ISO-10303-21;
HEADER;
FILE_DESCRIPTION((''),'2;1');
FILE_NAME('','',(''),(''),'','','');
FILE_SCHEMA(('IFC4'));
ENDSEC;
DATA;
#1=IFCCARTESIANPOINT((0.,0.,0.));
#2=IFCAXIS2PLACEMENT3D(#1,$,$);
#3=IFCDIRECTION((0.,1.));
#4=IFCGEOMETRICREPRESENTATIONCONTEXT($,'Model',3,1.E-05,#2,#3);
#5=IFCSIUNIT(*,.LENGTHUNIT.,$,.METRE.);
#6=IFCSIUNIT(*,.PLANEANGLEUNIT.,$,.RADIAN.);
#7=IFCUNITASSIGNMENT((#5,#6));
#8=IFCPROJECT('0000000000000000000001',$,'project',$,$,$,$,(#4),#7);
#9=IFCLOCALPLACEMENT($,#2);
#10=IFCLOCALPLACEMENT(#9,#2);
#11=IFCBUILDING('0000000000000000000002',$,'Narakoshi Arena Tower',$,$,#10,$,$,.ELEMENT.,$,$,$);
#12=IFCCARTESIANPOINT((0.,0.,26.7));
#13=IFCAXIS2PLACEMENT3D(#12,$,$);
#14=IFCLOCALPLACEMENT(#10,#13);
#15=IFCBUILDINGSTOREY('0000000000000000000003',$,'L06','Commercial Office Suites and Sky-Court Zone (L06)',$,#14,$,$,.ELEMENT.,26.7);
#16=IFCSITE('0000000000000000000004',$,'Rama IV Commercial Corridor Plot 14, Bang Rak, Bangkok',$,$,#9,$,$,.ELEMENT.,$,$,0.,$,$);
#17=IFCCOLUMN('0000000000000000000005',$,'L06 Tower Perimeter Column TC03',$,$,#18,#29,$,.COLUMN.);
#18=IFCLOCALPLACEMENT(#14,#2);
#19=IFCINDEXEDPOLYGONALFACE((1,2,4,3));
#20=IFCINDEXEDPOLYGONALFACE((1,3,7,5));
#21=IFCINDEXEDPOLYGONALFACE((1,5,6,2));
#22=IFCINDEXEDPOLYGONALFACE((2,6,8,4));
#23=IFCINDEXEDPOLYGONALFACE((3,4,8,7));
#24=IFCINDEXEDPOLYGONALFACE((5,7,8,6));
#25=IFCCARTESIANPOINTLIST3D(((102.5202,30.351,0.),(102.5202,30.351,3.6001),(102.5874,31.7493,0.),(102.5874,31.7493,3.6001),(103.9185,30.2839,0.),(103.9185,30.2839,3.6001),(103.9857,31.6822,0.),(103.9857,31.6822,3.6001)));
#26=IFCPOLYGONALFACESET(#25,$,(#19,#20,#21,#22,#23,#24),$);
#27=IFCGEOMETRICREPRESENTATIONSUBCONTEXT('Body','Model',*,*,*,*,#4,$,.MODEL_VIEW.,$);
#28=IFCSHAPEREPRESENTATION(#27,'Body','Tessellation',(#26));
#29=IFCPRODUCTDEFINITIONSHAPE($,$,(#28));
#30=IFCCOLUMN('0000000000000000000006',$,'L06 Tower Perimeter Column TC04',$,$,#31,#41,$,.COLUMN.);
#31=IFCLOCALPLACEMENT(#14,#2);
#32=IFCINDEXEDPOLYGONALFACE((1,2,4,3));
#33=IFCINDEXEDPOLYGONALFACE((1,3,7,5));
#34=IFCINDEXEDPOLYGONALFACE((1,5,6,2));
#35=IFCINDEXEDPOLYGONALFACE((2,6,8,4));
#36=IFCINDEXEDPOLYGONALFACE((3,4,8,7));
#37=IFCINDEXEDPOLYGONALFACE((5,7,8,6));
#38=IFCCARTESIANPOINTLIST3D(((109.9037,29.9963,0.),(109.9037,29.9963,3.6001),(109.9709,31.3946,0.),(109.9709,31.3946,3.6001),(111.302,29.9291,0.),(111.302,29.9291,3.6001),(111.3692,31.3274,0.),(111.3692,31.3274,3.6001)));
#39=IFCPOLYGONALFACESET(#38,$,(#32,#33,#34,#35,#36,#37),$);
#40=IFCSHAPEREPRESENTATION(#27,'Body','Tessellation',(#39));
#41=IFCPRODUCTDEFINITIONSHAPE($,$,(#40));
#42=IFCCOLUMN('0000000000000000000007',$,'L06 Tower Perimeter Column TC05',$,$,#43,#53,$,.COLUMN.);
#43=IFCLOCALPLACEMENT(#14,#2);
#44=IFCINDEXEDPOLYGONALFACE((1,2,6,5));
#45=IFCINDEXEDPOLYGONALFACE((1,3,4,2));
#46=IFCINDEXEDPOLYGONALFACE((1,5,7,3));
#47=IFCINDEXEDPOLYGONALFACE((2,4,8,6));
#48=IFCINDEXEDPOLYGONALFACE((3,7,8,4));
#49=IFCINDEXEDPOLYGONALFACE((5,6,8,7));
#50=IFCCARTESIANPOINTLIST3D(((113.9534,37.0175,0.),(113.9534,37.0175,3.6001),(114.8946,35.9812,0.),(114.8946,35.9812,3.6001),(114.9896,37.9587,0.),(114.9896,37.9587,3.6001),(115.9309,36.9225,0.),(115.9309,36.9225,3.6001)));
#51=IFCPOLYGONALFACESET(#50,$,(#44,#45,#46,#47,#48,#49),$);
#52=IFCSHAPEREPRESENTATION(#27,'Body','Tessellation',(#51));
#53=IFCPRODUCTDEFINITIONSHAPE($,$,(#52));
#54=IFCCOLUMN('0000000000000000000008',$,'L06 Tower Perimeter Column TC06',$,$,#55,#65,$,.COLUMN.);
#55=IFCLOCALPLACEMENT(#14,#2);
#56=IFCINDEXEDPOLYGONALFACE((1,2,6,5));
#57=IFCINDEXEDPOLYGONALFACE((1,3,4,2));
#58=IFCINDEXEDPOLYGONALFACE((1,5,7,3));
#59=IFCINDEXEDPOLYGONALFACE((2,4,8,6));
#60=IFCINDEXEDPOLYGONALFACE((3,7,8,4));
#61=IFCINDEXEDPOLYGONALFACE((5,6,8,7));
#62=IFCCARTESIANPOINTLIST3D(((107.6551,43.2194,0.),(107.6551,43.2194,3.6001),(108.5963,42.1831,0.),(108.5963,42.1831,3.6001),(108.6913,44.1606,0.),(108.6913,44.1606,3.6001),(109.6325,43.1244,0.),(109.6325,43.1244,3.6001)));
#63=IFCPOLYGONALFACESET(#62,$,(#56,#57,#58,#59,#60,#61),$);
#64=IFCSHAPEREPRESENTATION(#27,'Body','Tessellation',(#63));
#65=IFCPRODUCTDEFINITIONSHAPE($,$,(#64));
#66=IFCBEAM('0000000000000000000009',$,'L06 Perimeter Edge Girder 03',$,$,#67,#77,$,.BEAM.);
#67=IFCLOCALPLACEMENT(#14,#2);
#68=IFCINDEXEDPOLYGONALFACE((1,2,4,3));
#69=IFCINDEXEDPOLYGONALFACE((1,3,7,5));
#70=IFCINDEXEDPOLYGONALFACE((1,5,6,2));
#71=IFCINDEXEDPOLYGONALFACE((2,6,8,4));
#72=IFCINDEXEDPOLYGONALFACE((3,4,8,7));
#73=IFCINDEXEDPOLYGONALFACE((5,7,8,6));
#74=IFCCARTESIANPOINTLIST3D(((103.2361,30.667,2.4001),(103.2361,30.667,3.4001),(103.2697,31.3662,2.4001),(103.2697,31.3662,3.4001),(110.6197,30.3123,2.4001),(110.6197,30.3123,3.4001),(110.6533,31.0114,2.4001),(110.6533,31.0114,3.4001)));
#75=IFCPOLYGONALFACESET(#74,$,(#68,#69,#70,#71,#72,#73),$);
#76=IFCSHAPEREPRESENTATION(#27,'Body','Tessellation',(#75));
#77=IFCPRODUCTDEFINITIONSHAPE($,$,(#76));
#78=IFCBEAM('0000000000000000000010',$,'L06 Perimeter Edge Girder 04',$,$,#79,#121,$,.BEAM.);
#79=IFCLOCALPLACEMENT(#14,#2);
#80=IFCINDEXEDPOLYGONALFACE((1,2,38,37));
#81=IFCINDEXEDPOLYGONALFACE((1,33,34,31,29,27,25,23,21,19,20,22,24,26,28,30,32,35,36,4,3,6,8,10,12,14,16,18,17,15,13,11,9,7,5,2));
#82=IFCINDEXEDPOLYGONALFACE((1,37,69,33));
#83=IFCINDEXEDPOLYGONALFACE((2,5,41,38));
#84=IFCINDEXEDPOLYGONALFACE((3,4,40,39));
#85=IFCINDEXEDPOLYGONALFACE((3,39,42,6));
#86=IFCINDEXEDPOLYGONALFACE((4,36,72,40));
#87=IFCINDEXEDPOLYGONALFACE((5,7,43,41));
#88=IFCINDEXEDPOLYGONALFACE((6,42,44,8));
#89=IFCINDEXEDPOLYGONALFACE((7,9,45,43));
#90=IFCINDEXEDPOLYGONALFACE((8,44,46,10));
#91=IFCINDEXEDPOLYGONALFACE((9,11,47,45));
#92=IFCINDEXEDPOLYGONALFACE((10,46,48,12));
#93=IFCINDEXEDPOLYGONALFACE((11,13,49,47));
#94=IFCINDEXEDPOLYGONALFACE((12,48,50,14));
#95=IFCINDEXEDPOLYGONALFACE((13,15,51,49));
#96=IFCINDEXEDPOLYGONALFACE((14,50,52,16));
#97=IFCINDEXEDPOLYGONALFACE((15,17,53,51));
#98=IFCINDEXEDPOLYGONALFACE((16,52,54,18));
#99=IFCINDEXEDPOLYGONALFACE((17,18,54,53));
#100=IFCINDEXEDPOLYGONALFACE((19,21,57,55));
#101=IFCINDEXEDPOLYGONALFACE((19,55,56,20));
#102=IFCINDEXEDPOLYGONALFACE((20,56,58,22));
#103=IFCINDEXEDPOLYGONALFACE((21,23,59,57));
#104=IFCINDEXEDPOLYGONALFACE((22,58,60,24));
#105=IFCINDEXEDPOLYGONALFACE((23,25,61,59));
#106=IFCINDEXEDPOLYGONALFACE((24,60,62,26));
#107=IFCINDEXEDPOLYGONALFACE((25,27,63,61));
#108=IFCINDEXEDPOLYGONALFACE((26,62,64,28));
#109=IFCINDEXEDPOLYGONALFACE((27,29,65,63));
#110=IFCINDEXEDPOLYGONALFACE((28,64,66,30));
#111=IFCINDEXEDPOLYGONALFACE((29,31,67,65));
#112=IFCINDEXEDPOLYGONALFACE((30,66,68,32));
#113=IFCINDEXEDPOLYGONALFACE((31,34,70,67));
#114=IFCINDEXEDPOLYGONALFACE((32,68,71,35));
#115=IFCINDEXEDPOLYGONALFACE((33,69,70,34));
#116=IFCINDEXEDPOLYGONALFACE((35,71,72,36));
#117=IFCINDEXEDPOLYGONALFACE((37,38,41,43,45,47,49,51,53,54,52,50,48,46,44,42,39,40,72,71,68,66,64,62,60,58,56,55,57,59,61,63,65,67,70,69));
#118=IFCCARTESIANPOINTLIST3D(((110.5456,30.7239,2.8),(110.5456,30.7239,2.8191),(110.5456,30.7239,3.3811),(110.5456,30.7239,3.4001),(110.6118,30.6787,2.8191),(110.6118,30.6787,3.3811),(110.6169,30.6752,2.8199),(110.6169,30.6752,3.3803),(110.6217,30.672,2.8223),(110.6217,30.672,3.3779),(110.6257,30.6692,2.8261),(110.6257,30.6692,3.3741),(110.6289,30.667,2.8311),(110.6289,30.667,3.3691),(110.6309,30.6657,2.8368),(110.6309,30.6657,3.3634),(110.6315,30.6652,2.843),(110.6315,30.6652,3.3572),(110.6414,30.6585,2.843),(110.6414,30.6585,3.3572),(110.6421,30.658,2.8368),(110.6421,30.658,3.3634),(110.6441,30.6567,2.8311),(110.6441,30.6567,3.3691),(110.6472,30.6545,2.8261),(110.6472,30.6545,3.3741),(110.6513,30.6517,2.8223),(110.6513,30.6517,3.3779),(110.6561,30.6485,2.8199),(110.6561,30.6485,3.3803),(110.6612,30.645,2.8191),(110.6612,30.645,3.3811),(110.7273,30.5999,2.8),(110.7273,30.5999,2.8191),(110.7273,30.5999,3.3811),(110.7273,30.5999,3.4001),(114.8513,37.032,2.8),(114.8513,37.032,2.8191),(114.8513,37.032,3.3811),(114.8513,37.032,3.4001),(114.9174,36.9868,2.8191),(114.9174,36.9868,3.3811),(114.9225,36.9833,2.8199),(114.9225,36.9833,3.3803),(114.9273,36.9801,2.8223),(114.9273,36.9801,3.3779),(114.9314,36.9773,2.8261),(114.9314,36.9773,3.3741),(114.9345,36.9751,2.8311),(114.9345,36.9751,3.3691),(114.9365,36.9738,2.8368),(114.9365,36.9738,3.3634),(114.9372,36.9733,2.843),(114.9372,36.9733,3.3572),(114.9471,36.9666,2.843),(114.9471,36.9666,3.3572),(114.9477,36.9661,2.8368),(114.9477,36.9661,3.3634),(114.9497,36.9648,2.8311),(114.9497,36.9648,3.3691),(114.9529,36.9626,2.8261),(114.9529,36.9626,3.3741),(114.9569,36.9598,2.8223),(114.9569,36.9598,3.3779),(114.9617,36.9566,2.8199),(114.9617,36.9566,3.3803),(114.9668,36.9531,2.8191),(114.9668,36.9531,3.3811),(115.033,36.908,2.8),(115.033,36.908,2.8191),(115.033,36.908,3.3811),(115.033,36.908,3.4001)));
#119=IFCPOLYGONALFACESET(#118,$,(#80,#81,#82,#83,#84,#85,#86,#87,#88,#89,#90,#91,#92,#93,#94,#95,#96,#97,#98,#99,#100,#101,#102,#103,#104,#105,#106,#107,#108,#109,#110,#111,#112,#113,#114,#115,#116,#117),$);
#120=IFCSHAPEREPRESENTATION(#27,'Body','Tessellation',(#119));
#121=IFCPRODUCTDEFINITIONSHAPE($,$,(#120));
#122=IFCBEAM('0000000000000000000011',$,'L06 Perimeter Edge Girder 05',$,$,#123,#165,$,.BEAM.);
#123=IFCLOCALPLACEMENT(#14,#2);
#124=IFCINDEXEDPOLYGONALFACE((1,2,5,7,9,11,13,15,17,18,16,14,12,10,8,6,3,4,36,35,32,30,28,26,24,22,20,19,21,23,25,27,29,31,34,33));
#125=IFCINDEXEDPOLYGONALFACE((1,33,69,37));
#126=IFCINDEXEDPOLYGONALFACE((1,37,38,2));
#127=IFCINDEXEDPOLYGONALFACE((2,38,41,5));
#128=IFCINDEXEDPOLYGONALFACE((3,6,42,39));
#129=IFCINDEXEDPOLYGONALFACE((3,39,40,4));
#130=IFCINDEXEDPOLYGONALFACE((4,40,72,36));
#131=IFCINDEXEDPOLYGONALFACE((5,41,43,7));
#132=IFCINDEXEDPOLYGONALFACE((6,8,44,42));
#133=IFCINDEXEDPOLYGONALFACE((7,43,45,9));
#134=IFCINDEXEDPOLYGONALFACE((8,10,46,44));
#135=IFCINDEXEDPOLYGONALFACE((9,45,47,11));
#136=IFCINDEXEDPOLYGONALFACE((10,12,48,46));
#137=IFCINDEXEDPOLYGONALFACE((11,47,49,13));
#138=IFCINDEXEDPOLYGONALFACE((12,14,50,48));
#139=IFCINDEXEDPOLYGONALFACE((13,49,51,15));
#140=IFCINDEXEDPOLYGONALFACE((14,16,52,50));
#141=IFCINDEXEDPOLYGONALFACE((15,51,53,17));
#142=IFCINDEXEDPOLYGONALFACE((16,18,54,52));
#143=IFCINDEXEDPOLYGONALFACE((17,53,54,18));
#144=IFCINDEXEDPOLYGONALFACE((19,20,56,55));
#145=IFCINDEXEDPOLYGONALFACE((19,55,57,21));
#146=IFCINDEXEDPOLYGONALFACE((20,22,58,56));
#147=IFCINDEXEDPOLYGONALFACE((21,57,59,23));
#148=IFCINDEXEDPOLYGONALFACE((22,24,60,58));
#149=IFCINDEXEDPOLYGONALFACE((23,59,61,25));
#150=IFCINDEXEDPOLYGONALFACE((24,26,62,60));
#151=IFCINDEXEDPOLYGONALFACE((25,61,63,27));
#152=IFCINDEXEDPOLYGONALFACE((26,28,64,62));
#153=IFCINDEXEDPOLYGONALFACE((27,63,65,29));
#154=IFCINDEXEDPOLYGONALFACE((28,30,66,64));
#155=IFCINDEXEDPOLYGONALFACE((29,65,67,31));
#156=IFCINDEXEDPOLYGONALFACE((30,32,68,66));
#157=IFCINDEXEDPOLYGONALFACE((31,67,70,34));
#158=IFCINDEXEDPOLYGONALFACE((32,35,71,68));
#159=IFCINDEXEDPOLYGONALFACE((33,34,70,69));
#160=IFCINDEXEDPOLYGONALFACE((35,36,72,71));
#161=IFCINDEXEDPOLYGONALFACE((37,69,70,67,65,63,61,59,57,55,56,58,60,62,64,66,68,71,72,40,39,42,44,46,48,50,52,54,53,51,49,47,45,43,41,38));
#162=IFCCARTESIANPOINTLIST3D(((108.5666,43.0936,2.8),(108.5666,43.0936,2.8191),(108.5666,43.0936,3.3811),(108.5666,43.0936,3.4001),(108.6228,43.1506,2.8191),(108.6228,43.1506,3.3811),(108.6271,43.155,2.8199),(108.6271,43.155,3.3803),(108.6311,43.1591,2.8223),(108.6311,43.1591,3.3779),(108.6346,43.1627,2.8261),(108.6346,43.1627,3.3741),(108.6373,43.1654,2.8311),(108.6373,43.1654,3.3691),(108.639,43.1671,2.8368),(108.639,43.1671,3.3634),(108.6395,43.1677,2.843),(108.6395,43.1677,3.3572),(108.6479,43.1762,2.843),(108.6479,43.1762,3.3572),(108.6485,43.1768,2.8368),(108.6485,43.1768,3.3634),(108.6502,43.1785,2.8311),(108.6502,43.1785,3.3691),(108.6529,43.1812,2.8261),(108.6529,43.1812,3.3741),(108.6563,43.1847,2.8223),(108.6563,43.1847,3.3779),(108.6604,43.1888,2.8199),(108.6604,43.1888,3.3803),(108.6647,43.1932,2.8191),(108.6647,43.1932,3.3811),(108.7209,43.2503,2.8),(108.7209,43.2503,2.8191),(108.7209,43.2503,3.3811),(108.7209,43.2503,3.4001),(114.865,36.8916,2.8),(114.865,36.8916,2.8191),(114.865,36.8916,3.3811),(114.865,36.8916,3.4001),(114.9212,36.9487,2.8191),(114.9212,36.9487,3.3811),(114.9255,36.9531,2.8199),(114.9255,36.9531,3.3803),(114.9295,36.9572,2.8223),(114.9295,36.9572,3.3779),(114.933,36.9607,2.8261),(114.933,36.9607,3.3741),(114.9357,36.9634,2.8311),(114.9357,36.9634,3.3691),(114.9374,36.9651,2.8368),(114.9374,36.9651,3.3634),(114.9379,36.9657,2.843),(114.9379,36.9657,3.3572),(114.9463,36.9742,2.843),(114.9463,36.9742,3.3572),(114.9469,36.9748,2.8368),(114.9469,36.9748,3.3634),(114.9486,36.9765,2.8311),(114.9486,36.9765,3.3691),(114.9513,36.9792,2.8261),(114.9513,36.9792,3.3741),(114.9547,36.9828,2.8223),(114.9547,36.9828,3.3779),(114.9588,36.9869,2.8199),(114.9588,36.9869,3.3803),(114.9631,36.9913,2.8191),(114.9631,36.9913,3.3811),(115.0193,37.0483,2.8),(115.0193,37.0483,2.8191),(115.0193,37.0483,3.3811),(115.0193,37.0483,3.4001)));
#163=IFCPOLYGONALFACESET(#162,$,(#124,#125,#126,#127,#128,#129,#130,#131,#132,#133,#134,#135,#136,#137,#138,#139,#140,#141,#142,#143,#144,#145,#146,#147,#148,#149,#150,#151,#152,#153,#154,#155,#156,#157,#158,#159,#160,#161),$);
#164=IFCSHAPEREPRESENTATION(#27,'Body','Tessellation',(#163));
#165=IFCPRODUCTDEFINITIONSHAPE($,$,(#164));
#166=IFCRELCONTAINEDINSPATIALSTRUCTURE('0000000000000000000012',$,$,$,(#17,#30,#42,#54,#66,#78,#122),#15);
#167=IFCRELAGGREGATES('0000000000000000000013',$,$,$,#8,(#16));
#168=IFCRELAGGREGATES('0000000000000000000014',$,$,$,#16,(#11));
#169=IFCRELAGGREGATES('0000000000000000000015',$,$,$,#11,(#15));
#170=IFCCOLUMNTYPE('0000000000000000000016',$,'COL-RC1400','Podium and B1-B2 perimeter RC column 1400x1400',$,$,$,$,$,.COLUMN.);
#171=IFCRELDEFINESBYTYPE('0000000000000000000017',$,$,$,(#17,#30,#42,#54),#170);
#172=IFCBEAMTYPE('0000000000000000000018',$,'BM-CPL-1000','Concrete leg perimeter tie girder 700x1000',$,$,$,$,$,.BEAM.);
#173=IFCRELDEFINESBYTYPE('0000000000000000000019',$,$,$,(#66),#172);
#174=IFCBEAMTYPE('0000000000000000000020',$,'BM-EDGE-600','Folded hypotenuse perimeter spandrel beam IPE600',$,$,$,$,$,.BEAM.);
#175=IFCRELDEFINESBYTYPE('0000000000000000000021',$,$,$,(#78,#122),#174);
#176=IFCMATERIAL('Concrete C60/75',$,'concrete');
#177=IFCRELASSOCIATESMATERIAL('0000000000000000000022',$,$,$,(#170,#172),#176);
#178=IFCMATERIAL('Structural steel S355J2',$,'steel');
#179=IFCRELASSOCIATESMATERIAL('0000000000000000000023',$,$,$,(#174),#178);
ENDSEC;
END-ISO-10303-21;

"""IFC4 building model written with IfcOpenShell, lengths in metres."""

from ifc_helpers import new_model, si_unit, direction, frame, origin, origin_2d, place, context, subcontext, project, spatial, rectangle, i_section, extrude, material, material_profile, profile_set, type_object, element, save


model = new_model("IFC4")

# Units and contexts
model_context = context("Model", 3, precision=1e-05, world=origin(), true_north=direction((0.0, 1.0)))
body_context = subcontext(model_context, "Body", "Model", "MODEL_VIEW")
ifc_project = project(units=[si_unit("LENGTHUNIT", "METRE"), si_unit("PLANEANGLEUNIT", "RADIAN")], contexts=[model_context])

# Site, building, storey
site_placement = place(None, origin())
site = spatial("IfcSite", under=ifc_project, at=site_placement, Name="Rama IV Commercial Corridor Plot 14, Bang Rak, Bangkok", CompositionType="ELEMENT", RefElevation=0.0)
building_placement = place(site_placement, origin())
building = spatial("IfcBuilding", under=site, at=building_placement, Name="Narakoshi Arena Tower", CompositionType="ELEMENT")
storey_placement = place(building_placement, frame((0.0, 0.0, 26.7)))
storey = spatial("IfcBuildingStorey", under=building, at=storey_placement, Name="L06", Description="Commercial Office Suites and Sky-Court Zone (L06)", CompositionType="ELEMENT", Elevation=26.7)

# Columns
ifc_material_1 = material(Name="Concrete C60/75", Category="concrete")
ifc_material_profile_1 = material_profile(ifc_material_1, rectangle(XDim=1.3999, YDim=1.3999, at=origin_2d()), Name="RC1400x1400")
ifc_profile_set_1 = profile_set([ifc_material_profile_1], Name="Concrete C60/75")
column_type = type_object("IfcColumnType", Name="COL-RC1400", Description="Podium and B1-B2 perimeter RC column 1400x1400", PredefinedType="COLUMN", material=ifc_profile_set_1)
for number, where, z_axis, x_axis, name in (
    (1, (103.2529, 31.0166, 0.0), (0.0, 0.0, 1.0), (-0.998848, 0.047978, 0.0), "L06 Tower Perimeter Column TC03"),
    (2, (110.6365, 30.6619, 0.0), (0.0, 0.0, 1.0), (-0.998848, 0.047978, 0.0), "L06 Tower Perimeter Column TC04"),
    (3, (114.9421, 36.97, 0.0), (0.0, 0.0, 1.0), (0.740218, 0.672367, 0.0), "L06 Tower Perimeter Column TC05"),
    (4, (108.6438, 43.1719, 0.0), (0.0, 0.0, 1.0), (0.740218, 0.672367, 0.0), "L06 Tower Perimeter Column TC06"),
):
    element("IfcColumn", number, at=place(storey_placement, frame(where, z_axis=z_axis, x_axis=x_axis)), inside=storey, type_object=column_type, Name=name, PredefinedType="COLUMN", context=body_context, shape_type="SweptSolid", body=[
        extrude(rectangle(XDim=1.3999, YDim=1.3999, at=origin_2d()), origin(), (0.0, 0.0, 1.0), 3.6001),
    ])

# Beams
ifc_material_profile_2 = material_profile(ifc_material_1, rectangle(XDim=0.7, YDim=1.0, at=origin_2d()), Name="RCB700x1000")
ifc_profile_set_2 = profile_set([ifc_material_profile_2], Name="Concrete C60/75")
beam_type_1 = type_object("IfcBeamType", Name="BM-CPL-1000", Description="Concrete leg perimeter tie girder 700x1000", PredefinedType="BEAM", material=ifc_profile_set_2)
beam_1_placement = place(storey_placement, frame((103.2529, 31.0166, 2.9001), z_axis=(0.998848, -0.047989, 0.0), x_axis=(0.047989, 0.998848, 0.0)))
element("IfcBeam", 5, at=beam_1_placement, inside=storey, type_object=beam_type_1, Name="L06 Perimeter Edge Girder 03", PredefinedType="BEAM", context=body_context, shape_type="SweptSolid", body=[
    extrude(rectangle(XDim=0.7, YDim=1.0, at=origin_2d()), origin(), (0.0, 0.0, 1.0), 7.3921),
])
ifc_material_2 = material(Name="Structural steel S355J2", Category="steel")
ifc_material_profile_3 = material_profile(ifc_material_2, i_section(OverallWidth=0.22, OverallDepth=0.6001, WebThickness=0.012, FlangeThickness=0.019, FilletRadius=0.0239, at=origin_2d()), Name="IPE600")
ifc_profile_set_3 = profile_set([ifc_material_profile_3], Name="Structural steel S355J2")
beam_type_2 = type_object("IfcBeamType", Name="BM-EDGE-600", Description="Folded hypotenuse perimeter spandrel beam IPE600", PredefinedType="BEAM", material=ifc_profile_set_3)
beam_2_placement = place(storey_placement, frame((110.6365, 30.6619, 3.1001), z_axis=(0.563755, 0.825942, 0.0), x_axis=(-0.825942, 0.563755, 0.0)))
element("IfcBeam", 6, at=beam_2_placement, inside=storey, type_object=beam_type_2, Name="L06 Perimeter Edge Girder 04", PredefinedType="BEAM", context=body_context, shape_type="SweptSolid", body=[
    extrude(i_section(OverallWidth=0.22, OverallDepth=0.6001, WebThickness=0.012, FlangeThickness=0.019, FilletRadius=0.0239, at=origin_2d()), origin(), (0.0, 0.0, 1.0), 7.6375),
])
for number, where, z_axis, x_axis, name in (
    (7, (114.9421, 36.97, 3.1001), (-0.712541, 0.701631, 0.0), (-0.701631, -0.712541, 0.0), "L06 Perimeter Edge Girder 05"),
):
    element("IfcBeam", number, at=place(storey_placement, frame(where, z_axis=z_axis, x_axis=x_axis)), inside=storey, type_object=beam_type_2, Name=name, PredefinedType="BEAM", context=body_context, shape_type="SweptSolid", body=[
        extrude(i_section(OverallWidth=0.22, OverallDepth=0.6001, WebThickness=0.012, FlangeThickness=0.019, FilletRadius=0.0239, at=origin_2d()), origin(), (0.0, 0.0, 1.0), 8.8394),
    ])

save(model, "model.ifc")
